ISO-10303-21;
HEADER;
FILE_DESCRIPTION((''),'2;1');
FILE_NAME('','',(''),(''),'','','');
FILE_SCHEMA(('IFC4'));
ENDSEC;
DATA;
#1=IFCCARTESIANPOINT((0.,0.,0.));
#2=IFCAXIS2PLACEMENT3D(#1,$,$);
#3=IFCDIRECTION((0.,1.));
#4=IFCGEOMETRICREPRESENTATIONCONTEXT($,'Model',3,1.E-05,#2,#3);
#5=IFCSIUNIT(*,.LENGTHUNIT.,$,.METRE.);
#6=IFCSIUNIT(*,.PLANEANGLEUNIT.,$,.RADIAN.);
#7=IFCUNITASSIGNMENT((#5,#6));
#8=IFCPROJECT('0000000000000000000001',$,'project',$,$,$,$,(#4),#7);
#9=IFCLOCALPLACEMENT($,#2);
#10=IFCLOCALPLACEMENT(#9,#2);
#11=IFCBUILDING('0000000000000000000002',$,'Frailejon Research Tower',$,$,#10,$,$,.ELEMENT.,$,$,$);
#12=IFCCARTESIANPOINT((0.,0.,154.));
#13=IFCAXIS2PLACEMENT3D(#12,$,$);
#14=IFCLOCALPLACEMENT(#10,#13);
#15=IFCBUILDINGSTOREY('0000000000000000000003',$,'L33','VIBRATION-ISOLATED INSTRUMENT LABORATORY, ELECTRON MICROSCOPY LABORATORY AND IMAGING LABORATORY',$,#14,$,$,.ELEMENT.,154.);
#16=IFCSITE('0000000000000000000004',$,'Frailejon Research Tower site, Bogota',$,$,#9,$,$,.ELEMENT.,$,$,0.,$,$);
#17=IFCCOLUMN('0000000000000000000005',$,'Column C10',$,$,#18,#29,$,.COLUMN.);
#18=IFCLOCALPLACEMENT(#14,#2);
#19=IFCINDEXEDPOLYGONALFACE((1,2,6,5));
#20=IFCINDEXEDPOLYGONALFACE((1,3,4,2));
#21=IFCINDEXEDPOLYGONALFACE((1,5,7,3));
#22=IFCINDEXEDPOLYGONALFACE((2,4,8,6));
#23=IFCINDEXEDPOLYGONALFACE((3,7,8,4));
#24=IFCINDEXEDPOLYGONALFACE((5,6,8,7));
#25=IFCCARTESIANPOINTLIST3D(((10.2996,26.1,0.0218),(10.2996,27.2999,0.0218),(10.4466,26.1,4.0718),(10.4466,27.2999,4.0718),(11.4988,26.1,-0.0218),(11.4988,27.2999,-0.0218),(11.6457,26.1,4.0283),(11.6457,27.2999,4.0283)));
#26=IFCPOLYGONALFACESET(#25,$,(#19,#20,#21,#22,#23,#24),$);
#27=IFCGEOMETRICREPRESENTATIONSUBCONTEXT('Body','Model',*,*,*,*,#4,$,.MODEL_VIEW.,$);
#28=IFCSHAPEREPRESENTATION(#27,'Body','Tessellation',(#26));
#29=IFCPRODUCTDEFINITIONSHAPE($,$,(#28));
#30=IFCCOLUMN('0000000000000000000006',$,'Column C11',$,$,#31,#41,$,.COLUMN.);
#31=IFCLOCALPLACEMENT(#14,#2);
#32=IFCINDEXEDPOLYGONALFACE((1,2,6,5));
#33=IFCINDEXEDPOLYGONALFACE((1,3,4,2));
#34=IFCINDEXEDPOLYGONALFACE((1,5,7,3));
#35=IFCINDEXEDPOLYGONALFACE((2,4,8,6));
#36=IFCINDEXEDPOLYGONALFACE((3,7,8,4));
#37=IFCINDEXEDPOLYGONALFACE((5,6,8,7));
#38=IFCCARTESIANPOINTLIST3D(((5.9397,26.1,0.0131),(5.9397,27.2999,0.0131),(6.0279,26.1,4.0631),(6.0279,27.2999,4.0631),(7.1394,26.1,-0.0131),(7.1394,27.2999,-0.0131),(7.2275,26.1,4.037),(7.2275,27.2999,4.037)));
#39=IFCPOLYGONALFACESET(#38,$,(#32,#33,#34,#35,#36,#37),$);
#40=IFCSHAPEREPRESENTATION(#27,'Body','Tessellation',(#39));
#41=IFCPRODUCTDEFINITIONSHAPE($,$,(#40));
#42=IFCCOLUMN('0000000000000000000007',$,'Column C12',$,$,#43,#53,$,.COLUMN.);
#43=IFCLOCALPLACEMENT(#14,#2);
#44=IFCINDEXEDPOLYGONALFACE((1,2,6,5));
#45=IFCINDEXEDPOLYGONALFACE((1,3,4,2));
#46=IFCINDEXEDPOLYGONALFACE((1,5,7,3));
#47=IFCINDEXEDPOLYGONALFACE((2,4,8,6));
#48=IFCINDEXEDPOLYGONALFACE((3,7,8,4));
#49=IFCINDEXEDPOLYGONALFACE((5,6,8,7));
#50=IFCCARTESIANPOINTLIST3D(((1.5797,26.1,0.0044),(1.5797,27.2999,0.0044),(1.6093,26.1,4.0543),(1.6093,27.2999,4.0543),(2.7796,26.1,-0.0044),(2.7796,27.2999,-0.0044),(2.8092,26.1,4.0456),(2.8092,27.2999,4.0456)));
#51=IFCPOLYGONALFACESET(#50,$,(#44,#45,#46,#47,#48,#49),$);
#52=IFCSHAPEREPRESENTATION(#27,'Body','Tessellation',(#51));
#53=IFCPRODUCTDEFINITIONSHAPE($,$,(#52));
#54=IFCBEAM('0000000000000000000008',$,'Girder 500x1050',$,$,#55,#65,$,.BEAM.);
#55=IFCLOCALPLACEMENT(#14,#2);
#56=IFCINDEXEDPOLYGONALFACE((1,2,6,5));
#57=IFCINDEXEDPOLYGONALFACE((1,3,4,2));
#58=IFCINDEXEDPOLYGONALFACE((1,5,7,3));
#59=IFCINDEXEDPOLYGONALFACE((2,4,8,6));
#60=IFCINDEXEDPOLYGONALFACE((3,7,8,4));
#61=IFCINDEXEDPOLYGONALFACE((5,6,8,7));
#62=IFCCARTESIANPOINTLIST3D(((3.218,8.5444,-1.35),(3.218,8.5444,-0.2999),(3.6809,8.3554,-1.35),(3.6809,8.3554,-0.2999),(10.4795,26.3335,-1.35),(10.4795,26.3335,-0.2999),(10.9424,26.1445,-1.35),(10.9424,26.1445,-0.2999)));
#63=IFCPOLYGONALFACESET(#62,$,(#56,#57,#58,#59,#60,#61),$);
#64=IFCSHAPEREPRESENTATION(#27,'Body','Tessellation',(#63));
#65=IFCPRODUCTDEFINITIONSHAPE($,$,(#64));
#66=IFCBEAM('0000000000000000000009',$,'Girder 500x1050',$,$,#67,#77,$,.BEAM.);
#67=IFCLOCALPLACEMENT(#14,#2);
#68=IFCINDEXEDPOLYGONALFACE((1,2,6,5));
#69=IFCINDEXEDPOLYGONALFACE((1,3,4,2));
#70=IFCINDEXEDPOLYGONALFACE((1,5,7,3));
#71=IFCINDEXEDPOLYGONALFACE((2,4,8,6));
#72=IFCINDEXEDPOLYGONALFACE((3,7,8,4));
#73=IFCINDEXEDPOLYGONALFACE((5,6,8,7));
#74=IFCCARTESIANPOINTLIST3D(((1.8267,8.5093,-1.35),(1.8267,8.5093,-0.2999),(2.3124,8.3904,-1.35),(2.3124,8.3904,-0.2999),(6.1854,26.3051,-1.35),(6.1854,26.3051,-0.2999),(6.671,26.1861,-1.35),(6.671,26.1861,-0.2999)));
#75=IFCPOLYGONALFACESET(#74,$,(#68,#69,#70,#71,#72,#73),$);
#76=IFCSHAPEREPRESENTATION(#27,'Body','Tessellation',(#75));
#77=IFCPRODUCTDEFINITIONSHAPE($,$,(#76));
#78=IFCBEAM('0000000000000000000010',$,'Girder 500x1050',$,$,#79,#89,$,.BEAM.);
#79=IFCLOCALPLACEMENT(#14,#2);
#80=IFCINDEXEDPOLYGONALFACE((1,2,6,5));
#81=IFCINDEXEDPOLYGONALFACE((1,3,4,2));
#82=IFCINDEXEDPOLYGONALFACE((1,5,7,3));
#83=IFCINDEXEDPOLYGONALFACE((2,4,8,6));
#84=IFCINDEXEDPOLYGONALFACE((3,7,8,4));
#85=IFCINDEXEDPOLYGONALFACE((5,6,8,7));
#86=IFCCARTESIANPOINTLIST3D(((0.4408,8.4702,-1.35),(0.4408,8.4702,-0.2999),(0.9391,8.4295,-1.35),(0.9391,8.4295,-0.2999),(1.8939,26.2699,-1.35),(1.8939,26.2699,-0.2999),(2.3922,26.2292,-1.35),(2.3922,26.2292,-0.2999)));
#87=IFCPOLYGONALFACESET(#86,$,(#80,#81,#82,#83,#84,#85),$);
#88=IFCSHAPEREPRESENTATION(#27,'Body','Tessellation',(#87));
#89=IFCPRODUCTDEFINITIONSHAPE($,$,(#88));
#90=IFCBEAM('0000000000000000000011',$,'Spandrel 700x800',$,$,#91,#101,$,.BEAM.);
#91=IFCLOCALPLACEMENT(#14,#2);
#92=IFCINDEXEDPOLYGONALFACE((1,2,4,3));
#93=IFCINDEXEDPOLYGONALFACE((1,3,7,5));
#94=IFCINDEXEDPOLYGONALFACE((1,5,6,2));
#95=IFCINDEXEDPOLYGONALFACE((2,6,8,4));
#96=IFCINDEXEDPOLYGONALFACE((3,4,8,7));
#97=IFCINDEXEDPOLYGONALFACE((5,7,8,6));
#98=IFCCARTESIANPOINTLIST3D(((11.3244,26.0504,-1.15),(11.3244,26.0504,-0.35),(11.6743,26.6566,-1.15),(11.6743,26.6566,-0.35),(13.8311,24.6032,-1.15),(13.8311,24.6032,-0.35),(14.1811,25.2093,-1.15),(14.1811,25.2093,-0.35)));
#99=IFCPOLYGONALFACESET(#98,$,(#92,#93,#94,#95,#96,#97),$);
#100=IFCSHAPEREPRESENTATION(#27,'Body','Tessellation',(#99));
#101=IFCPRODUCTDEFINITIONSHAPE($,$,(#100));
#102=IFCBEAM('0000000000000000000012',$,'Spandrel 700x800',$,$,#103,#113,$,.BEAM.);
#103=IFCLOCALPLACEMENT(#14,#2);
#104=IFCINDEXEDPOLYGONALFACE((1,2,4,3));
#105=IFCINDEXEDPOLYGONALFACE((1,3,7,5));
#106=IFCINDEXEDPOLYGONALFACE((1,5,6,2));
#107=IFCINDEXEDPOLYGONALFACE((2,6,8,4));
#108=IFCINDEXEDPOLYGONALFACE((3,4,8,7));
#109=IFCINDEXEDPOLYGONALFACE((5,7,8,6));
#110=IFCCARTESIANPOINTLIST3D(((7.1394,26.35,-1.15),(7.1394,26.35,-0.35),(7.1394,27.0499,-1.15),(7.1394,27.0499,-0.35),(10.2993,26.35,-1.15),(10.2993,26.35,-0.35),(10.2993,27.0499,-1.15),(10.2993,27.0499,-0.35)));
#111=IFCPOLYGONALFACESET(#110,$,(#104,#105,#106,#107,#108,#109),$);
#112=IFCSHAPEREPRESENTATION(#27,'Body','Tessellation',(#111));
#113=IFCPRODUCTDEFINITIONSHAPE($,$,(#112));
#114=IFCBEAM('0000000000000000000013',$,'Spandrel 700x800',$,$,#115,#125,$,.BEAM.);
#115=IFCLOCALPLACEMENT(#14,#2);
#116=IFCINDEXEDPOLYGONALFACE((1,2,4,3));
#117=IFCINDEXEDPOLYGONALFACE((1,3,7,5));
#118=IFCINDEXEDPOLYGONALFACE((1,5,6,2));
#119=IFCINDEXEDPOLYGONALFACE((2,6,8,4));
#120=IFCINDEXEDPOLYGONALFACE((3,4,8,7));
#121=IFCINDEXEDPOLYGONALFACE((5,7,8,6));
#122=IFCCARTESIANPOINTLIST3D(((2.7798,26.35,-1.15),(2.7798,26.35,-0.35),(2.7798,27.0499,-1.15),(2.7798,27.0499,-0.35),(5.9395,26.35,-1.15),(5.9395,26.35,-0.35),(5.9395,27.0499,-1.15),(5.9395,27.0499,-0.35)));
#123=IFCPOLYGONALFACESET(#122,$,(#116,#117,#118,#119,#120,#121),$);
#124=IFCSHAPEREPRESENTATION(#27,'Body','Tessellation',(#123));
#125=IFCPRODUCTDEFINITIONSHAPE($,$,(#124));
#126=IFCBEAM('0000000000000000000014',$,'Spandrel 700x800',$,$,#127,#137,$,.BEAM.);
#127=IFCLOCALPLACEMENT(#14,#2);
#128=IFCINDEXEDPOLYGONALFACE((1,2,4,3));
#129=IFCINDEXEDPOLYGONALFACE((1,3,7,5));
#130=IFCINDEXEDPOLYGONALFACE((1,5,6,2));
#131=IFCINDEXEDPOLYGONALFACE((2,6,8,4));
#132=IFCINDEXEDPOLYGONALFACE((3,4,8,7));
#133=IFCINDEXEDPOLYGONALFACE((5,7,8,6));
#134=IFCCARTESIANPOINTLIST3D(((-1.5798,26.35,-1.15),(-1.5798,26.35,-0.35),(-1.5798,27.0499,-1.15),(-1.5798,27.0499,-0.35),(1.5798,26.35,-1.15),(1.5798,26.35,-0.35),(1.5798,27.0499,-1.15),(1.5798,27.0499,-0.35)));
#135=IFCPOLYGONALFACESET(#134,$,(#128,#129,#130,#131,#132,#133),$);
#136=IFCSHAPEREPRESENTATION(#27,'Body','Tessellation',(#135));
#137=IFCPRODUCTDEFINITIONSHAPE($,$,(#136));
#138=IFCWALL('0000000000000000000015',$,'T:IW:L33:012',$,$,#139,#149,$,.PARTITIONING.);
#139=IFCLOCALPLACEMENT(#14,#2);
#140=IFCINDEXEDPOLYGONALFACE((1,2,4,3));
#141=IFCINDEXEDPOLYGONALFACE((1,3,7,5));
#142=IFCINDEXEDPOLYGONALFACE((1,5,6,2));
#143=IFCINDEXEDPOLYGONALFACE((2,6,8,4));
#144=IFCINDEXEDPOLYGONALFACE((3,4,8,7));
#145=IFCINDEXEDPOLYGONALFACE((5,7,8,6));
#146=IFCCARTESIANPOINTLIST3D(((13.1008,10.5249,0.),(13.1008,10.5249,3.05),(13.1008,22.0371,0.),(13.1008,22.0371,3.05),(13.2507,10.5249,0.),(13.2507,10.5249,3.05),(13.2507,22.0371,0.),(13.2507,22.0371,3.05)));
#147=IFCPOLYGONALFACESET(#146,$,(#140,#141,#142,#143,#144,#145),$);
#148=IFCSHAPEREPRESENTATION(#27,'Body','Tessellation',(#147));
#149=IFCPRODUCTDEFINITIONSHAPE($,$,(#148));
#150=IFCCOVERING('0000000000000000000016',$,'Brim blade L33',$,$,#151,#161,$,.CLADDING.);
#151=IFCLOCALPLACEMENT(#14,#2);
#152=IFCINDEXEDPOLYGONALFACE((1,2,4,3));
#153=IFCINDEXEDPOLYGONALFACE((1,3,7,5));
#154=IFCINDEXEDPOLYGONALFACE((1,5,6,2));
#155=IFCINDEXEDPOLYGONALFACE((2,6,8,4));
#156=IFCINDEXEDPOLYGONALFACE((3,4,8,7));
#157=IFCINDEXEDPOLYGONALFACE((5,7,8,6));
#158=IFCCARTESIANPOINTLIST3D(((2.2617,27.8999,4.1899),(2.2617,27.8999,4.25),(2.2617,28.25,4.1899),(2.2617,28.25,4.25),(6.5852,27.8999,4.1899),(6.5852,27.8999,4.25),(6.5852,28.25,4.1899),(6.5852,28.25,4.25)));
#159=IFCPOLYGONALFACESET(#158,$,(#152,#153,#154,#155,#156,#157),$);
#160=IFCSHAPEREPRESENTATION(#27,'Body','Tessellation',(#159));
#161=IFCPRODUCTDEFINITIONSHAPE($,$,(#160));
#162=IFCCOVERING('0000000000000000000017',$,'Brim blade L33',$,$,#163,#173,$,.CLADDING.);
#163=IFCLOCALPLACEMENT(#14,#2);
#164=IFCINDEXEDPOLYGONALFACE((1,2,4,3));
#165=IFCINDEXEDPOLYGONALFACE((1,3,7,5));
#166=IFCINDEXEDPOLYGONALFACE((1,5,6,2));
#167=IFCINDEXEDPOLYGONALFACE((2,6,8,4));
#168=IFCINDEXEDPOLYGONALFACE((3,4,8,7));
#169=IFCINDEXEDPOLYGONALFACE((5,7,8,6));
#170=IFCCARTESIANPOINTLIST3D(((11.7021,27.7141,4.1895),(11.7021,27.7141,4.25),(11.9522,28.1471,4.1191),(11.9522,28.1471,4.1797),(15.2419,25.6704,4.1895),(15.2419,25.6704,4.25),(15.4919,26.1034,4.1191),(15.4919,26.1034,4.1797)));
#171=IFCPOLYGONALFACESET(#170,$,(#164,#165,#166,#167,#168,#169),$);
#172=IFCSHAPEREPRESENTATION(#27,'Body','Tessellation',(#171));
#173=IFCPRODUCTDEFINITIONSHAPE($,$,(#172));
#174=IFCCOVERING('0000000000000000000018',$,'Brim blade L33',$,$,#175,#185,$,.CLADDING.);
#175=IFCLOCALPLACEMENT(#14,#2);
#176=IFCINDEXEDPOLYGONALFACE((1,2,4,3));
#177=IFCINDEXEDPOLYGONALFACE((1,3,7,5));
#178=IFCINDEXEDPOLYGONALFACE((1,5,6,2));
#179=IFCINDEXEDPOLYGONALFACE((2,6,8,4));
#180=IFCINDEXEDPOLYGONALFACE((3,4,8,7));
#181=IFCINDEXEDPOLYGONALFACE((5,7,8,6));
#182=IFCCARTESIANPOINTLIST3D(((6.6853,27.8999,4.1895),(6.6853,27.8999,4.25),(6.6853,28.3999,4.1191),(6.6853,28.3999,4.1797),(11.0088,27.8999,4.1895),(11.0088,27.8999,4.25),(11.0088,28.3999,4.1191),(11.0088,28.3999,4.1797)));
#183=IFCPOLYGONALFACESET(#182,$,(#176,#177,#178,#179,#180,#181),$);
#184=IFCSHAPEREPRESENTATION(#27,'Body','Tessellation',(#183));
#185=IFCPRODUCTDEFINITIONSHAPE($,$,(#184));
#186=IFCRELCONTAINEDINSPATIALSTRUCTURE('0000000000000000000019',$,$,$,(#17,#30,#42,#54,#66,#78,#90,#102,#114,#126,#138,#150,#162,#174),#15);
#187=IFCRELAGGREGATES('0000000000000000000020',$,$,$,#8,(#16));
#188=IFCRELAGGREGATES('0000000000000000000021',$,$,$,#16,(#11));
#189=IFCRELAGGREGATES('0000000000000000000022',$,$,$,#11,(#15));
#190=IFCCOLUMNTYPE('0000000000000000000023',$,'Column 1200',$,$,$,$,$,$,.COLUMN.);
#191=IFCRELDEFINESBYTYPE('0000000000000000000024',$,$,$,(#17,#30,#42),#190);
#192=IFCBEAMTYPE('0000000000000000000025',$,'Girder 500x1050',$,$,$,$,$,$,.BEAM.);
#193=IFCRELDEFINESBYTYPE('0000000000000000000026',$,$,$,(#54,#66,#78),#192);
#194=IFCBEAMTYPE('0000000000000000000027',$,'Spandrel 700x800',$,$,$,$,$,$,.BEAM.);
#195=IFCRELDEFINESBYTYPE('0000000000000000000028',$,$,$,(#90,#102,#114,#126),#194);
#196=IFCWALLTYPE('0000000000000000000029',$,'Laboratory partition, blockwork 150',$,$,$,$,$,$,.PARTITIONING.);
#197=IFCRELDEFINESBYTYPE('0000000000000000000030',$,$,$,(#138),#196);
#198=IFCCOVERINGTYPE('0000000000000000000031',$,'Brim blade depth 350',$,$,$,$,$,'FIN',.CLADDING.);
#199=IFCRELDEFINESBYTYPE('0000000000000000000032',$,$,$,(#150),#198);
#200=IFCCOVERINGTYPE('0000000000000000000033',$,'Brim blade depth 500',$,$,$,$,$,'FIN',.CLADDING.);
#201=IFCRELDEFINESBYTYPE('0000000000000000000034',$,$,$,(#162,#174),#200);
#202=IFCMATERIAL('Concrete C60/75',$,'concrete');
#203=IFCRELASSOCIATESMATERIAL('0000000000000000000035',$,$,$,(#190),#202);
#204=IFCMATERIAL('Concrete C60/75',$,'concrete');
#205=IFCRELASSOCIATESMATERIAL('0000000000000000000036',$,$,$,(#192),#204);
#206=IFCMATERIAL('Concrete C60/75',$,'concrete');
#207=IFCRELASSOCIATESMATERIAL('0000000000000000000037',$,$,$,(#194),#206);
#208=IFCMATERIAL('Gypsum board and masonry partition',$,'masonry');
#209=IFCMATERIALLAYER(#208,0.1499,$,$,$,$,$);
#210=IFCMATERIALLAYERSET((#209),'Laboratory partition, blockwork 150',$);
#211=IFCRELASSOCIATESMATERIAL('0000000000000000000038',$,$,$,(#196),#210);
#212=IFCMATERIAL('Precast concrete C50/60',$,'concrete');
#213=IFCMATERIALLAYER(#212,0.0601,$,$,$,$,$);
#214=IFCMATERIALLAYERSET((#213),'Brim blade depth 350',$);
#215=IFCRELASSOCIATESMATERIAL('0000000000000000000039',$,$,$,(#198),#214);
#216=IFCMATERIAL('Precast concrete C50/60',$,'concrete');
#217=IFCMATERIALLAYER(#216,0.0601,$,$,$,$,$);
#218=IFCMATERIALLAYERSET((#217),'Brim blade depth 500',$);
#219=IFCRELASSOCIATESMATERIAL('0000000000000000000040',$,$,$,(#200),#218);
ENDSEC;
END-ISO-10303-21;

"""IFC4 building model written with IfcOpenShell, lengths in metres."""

from ifc_helpers import new_model, si_unit, direction, frame, frame_2d, origin, origin_2d, place, context, subcontext, project, spatial, polyline, rectangle, outline, extrude, material, layer, layer_set, material_profile, profile_set, type_object, element, save


model = new_model("IFC4")

# Units and contexts
model_context = context("Model", 3, precision=1e-05, world=origin(), true_north=direction((0.0, 1.0)))
body_context = subcontext(model_context, "Body", "Model", "MODEL_VIEW")
ifc_project = project(units=[si_unit("LENGTHUNIT", "METRE"), si_unit("PLANEANGLEUNIT", "RADIAN")], contexts=[model_context])

# Site, building, storey
site_placement = place(None, origin())
site = spatial("IfcSite", under=ifc_project, at=site_placement, Name="Frailejon Research Tower site, Bogota", CompositionType="ELEMENT", RefElevation=0.0)
building_placement = place(site_placement, origin())
building = spatial("IfcBuilding", under=site, at=building_placement, Name="Frailejon Research Tower", CompositionType="ELEMENT")
storey_placement = place(building_placement, frame((0.0, 0.0, 154.0)))
storey = spatial("IfcBuildingStorey", under=building, at=storey_placement, Name="L33", Description="VIBRATION-ISOLATED INSTRUMENT LABORATORY, ELECTRON MICROSCOPY LABORATORY AND IMAGING LABORATORY", CompositionType="ELEMENT", Elevation=154.0)

# Columns
ifc_material_1 = material(Name="Concrete C60/75", Category="concrete")
ifc_material_profile_1 = material_profile(ifc_material_1, rectangle(XDim=1.2, YDim=1.2, at=origin_2d()), Name="Column 1200")
ifc_profile_set_1 = profile_set([ifc_material_profile_1], Name="Concrete C60/75")
column_type = type_object("IfcColumnType", Name="Column 1200", PredefinedType="COLUMN", material=ifc_profile_set_1)
column_1_placement = place(storey_placement, frame((10.8992, 26.7, 0.0), z_axis=(0.036265, 0.0, 0.999342), x_axis=(-0.999342, 0.0, 0.036265)))
element("IfcColumn", 1, at=column_1_placement, inside=storey, type_object=column_type, Name="Column C10", PredefinedType="COLUMN", context=body_context, shape_type="SweptSolid", body=[
    extrude(rectangle(XDim=1.2, YDim=1.2, at=origin_2d()), origin(), (0.0, 0.0, 1.0), 4.0527),
])
column_2_placement = place(storey_placement, frame((6.5396, 26.7, 0.0), z_axis=(0.021756, 0.0, 0.999763), x_axis=(-0.999763, 0.0, 0.021756)))
element("IfcColumn", 2, at=column_2_placement, inside=storey, type_object=column_type, Name="Column C11", PredefinedType="COLUMN", context=body_context, shape_type="SweptSolid", body=[
    extrude(rectangle(XDim=1.2, YDim=1.2, at=origin_2d()), origin(), (0.0, 0.0, 1.0), 4.051),
])
column_3_placement = place(storey_placement, frame((2.1797, 26.7, 0.0), z_axis=(0.007294, 0.0, 0.999973), x_axis=(-0.999973, 0.0, 0.007294)))
element("IfcColumn", 3, at=column_3_placement, inside=storey, type_object=column_type, Name="Column C12", PredefinedType="COLUMN", context=body_context, shape_type="SweptSolid", body=[
    extrude(rectangle(XDim=1.2, YDim=1.2, at=origin_2d()), origin(), (0.0, 0.0, 1.0), 4.05),
])

# Beams
ifc_material_2 = material(Name="Concrete C60/75", Category="concrete")
ifc_material_profile_2 = material_profile(ifc_material_2, rectangle(XDim=0.5, YDim=1.05, at=origin_2d()), Name="Girder 500x1050")
ifc_profile_set_2 = profile_set([ifc_material_profile_2], Name="Concrete C60/75")
beam_type_1 = type_object("IfcBeamType", Name="Girder 500x1050", PredefinedType="BEAM", material=ifc_profile_set_2)
beam_1_placement = place(storey_placement, frame((10.7109, 26.239, -0.825), z_axis=(-0.377925, -0.925836, 0.0), x_axis=(0.925836, -0.377925, 0.0)))
element("IfcBeam", 4, at=beam_1_placement, inside=storey, type_object=beam_type_1, Name="Girder 500x1050", PredefinedType="BEAM", context=body_context, shape_type="SweptSolid", body=[
    extrude(rectangle(XDim=0.5, YDim=1.05, at=origin_2d()), origin(), (0.0, 0.0, 1.0), 19.2141),
])
beam_2_placement = place(storey_placement, frame((6.4282, 26.2456, -0.825), z_axis=(-0.237896, -0.971291, 0.0), x_axis=(0.971291, -0.237896, 0.0)))
element("IfcBeam", 5, at=beam_2_placement, inside=storey, type_object=beam_type_1, Name="Girder 500x1050", PredefinedType="BEAM", context=body_context, shape_type="SweptSolid", body=[
    extrude(rectangle(XDim=0.5, YDim=1.05, at=origin_2d()), origin(), (0.0, 0.0, 1.0), 18.3218),
])
beam_3_placement = place(storey_placement, frame((2.1431, 26.2495, -0.825), z_axis=(-0.081368, -0.996684, 0.0), x_axis=(0.996684, -0.081368, 0.0)))
element("IfcBeam", 6, at=beam_3_placement, inside=storey, type_object=beam_type_1, Name="Girder 500x1050", PredefinedType="BEAM", context=body_context, shape_type="SweptSolid", body=[
    extrude(rectangle(XDim=0.5, YDim=1.05, at=origin_2d()), origin(), (0.0, 0.0, 1.0), 17.8589),
])
ifc_material_3 = material(Name="Concrete C60/75", Category="concrete")
ifc_material_profile_3 = material_profile(ifc_material_3, rectangle(XDim=0.7, YDim=0.8, at=origin_2d()), Name="Spandrel 700x800")
ifc_profile_set_3 = profile_set([ifc_material_profile_3], Name="Concrete C60/75")
beam_type_2 = type_object("IfcBeamType", Name="Spandrel 700x800", PredefinedType="BEAM", material=ifc_profile_set_3)
beam_4_placement = place(storey_placement, frame((14.0061, 24.9062, -0.75), z_axis=(-0.866034, 0.499985, 0.0), x_axis=(-0.499985, -0.866034, 0.0)))
element("IfcBeam", 7, at=beam_4_placement, inside=storey, type_object=beam_type_2, Name="Spandrel 700x800", PredefinedType="BEAM", context=body_context, shape_type="SweptSolid", body=[
    extrude(rectangle(XDim=0.7, YDim=0.8, at=origin_2d()), origin(), (0.0, 0.0, 1.0), 2.8945),
])
beam_5_placement = place(storey_placement, frame((10.2993, 26.7, -0.75), z_axis=(-1.0, 0.0, 0.0), x_axis=(0.0, -1.0, 0.0)))
element("IfcBeam", 8, at=beam_5_placement, inside=storey, type_object=beam_type_2, Name="Spandrel 700x800", PredefinedType="BEAM", context=body_context, shape_type="SweptSolid", body=[
    extrude(rectangle(XDim=0.7, YDim=0.8, at=origin_2d()), origin(), (0.0, 0.0, 1.0), 3.1599),
])
for number, where, z_axis, x_axis, name in (
    (9, (5.9395, 26.7, -0.75), (-1.0, 0.0, 0.0), (0.0, -1.0, 0.0), "Spandrel 700x800"),
    (10, (1.5798, 26.7, -0.75), (-1.0, 0.0, 0.0), (0.0, -1.0, 0.0), "Spandrel 700x800"),
):
    element("IfcBeam", number, at=place(storey_placement, frame(where, z_axis=z_axis, x_axis=x_axis)), inside=storey, type_object=beam_type_2, Name=name, PredefinedType="BEAM", context=body_context, shape_type="SweptSolid", body=[
        extrude(rectangle(XDim=0.7, YDim=0.8, at=origin_2d()), origin(), (0.0, 0.0, 1.0), 3.1597),
    ])

# Wall
ifc_material_4 = material(Name="Gypsum board and masonry partition", Category="masonry")
ifc_layer_1 = layer(ifc_material_4, 0.1499)
ifc_layer_set_1 = layer_set([ifc_layer_1], Name="Laboratory partition, blockwork 150")
wall_type_1 = type_object("IfcWallType", Name="Laboratory partition, blockwork 150", PredefinedType="PARTITIONING", material=ifc_layer_set_1)
wall_1_placement = place(storey_placement, frame((13.1758, 10.5249, 0.0), z_axis=(0.0, 0.0, 1.0), x_axis=(0.0, 1.0, 0.0)))
element("IfcWall", 11, at=wall_1_placement, inside=storey, type_object=wall_type_1, Name="T:IW:L33:012", PredefinedType="PARTITIONING", context=body_context, shape_type="SweptSolid", body=[
    extrude(rectangle(XDim=11.5122, YDim=0.1499, at=frame_2d((5.7561, 0.0))), origin(), (0.0, 0.0, 1.0), 3.05),
])

# Coverings
ifc_material_5 = material(Name="Precast concrete C50/60", Category="concrete")
ifc_layer_2 = layer(ifc_material_5, 0.0601)
ifc_layer_set_2 = layer_set([ifc_layer_2], Name="Brim blade depth 350")
covering_type_1 = type_object("IfcCoveringType", Name="Brim blade depth 350", ElementType="FIN", PredefinedType="CLADDING", material=ifc_layer_set_2)
covering_1_placement = place(storey_placement, frame((2.2617, 27.8999, 4.25), z_axis=(1.0, 0.0, 0.0), x_axis=(0.0, 1.0, 0.0)))
element("IfcCovering", 12, at=covering_1_placement, inside=storey, type_object=covering_type_1, Name="Brim blade L33", PredefinedType="CLADDING", context=body_context, shape_type="SweptSolid", body=[
    extrude(outline(polyline([(0.0, -0.0601), (0.3501, -0.0601), (0.3501, 0.0), (0.0, 0.0), (0.0, -0.0601)])), origin(), (0.0, 0.0, 1.0), 4.3235),
])
ifc_material_6 = material(Name="Precast concrete C50/60", Category="concrete")
ifc_layer_3 = layer(ifc_material_6, 0.0601)
ifc_layer_set_3 = layer_set([ifc_layer_3], Name="Brim blade depth 500")
covering_type_2 = type_object("IfcCoveringType", Name="Brim blade depth 500", ElementType="FIN", PredefinedType="CLADDING", material=ifc_layer_set_3)
covering_2_placement = place(storey_placement, frame((11.7021, 27.7141, 4.25), z_axis=(0.866021, -0.500007, 0.0), x_axis=(0.500007, 0.866021, 0.0)))
element("IfcCovering", 13, at=covering_2_placement, inside=storey, type_object=covering_type_2, Name="Brim blade L33", PredefinedType="CLADDING", context=body_context, shape_type="SweptSolid", body=[
    extrude(outline(polyline([(0.0, -0.0605), (0.5, -0.1309), (0.5, -0.0703), (0.0, 0.0), (0.0, -0.0605)])), origin(), (0.0, 0.0, 1.0), 4.0874),
])
covering_3_placement = place(storey_placement, frame((6.6853, 27.8999, 4.25), z_axis=(1.0, 0.0, 0.0), x_axis=(0.0, 1.0, 0.0)))
element("IfcCovering", 14, at=covering_3_placement, inside=storey, type_object=covering_type_2, Name="Brim blade L33", PredefinedType="CLADDING", context=body_context, shape_type="SweptSolid", body=[
    extrude(outline(polyline([(0.0, -0.0605), (0.5, -0.1309), (0.5, -0.0703), (0.0, 0.0), (0.0, -0.0605)])), origin(), (0.0, 0.0, 1.0), 4.3235),
])

save(model, "model.ifc")
